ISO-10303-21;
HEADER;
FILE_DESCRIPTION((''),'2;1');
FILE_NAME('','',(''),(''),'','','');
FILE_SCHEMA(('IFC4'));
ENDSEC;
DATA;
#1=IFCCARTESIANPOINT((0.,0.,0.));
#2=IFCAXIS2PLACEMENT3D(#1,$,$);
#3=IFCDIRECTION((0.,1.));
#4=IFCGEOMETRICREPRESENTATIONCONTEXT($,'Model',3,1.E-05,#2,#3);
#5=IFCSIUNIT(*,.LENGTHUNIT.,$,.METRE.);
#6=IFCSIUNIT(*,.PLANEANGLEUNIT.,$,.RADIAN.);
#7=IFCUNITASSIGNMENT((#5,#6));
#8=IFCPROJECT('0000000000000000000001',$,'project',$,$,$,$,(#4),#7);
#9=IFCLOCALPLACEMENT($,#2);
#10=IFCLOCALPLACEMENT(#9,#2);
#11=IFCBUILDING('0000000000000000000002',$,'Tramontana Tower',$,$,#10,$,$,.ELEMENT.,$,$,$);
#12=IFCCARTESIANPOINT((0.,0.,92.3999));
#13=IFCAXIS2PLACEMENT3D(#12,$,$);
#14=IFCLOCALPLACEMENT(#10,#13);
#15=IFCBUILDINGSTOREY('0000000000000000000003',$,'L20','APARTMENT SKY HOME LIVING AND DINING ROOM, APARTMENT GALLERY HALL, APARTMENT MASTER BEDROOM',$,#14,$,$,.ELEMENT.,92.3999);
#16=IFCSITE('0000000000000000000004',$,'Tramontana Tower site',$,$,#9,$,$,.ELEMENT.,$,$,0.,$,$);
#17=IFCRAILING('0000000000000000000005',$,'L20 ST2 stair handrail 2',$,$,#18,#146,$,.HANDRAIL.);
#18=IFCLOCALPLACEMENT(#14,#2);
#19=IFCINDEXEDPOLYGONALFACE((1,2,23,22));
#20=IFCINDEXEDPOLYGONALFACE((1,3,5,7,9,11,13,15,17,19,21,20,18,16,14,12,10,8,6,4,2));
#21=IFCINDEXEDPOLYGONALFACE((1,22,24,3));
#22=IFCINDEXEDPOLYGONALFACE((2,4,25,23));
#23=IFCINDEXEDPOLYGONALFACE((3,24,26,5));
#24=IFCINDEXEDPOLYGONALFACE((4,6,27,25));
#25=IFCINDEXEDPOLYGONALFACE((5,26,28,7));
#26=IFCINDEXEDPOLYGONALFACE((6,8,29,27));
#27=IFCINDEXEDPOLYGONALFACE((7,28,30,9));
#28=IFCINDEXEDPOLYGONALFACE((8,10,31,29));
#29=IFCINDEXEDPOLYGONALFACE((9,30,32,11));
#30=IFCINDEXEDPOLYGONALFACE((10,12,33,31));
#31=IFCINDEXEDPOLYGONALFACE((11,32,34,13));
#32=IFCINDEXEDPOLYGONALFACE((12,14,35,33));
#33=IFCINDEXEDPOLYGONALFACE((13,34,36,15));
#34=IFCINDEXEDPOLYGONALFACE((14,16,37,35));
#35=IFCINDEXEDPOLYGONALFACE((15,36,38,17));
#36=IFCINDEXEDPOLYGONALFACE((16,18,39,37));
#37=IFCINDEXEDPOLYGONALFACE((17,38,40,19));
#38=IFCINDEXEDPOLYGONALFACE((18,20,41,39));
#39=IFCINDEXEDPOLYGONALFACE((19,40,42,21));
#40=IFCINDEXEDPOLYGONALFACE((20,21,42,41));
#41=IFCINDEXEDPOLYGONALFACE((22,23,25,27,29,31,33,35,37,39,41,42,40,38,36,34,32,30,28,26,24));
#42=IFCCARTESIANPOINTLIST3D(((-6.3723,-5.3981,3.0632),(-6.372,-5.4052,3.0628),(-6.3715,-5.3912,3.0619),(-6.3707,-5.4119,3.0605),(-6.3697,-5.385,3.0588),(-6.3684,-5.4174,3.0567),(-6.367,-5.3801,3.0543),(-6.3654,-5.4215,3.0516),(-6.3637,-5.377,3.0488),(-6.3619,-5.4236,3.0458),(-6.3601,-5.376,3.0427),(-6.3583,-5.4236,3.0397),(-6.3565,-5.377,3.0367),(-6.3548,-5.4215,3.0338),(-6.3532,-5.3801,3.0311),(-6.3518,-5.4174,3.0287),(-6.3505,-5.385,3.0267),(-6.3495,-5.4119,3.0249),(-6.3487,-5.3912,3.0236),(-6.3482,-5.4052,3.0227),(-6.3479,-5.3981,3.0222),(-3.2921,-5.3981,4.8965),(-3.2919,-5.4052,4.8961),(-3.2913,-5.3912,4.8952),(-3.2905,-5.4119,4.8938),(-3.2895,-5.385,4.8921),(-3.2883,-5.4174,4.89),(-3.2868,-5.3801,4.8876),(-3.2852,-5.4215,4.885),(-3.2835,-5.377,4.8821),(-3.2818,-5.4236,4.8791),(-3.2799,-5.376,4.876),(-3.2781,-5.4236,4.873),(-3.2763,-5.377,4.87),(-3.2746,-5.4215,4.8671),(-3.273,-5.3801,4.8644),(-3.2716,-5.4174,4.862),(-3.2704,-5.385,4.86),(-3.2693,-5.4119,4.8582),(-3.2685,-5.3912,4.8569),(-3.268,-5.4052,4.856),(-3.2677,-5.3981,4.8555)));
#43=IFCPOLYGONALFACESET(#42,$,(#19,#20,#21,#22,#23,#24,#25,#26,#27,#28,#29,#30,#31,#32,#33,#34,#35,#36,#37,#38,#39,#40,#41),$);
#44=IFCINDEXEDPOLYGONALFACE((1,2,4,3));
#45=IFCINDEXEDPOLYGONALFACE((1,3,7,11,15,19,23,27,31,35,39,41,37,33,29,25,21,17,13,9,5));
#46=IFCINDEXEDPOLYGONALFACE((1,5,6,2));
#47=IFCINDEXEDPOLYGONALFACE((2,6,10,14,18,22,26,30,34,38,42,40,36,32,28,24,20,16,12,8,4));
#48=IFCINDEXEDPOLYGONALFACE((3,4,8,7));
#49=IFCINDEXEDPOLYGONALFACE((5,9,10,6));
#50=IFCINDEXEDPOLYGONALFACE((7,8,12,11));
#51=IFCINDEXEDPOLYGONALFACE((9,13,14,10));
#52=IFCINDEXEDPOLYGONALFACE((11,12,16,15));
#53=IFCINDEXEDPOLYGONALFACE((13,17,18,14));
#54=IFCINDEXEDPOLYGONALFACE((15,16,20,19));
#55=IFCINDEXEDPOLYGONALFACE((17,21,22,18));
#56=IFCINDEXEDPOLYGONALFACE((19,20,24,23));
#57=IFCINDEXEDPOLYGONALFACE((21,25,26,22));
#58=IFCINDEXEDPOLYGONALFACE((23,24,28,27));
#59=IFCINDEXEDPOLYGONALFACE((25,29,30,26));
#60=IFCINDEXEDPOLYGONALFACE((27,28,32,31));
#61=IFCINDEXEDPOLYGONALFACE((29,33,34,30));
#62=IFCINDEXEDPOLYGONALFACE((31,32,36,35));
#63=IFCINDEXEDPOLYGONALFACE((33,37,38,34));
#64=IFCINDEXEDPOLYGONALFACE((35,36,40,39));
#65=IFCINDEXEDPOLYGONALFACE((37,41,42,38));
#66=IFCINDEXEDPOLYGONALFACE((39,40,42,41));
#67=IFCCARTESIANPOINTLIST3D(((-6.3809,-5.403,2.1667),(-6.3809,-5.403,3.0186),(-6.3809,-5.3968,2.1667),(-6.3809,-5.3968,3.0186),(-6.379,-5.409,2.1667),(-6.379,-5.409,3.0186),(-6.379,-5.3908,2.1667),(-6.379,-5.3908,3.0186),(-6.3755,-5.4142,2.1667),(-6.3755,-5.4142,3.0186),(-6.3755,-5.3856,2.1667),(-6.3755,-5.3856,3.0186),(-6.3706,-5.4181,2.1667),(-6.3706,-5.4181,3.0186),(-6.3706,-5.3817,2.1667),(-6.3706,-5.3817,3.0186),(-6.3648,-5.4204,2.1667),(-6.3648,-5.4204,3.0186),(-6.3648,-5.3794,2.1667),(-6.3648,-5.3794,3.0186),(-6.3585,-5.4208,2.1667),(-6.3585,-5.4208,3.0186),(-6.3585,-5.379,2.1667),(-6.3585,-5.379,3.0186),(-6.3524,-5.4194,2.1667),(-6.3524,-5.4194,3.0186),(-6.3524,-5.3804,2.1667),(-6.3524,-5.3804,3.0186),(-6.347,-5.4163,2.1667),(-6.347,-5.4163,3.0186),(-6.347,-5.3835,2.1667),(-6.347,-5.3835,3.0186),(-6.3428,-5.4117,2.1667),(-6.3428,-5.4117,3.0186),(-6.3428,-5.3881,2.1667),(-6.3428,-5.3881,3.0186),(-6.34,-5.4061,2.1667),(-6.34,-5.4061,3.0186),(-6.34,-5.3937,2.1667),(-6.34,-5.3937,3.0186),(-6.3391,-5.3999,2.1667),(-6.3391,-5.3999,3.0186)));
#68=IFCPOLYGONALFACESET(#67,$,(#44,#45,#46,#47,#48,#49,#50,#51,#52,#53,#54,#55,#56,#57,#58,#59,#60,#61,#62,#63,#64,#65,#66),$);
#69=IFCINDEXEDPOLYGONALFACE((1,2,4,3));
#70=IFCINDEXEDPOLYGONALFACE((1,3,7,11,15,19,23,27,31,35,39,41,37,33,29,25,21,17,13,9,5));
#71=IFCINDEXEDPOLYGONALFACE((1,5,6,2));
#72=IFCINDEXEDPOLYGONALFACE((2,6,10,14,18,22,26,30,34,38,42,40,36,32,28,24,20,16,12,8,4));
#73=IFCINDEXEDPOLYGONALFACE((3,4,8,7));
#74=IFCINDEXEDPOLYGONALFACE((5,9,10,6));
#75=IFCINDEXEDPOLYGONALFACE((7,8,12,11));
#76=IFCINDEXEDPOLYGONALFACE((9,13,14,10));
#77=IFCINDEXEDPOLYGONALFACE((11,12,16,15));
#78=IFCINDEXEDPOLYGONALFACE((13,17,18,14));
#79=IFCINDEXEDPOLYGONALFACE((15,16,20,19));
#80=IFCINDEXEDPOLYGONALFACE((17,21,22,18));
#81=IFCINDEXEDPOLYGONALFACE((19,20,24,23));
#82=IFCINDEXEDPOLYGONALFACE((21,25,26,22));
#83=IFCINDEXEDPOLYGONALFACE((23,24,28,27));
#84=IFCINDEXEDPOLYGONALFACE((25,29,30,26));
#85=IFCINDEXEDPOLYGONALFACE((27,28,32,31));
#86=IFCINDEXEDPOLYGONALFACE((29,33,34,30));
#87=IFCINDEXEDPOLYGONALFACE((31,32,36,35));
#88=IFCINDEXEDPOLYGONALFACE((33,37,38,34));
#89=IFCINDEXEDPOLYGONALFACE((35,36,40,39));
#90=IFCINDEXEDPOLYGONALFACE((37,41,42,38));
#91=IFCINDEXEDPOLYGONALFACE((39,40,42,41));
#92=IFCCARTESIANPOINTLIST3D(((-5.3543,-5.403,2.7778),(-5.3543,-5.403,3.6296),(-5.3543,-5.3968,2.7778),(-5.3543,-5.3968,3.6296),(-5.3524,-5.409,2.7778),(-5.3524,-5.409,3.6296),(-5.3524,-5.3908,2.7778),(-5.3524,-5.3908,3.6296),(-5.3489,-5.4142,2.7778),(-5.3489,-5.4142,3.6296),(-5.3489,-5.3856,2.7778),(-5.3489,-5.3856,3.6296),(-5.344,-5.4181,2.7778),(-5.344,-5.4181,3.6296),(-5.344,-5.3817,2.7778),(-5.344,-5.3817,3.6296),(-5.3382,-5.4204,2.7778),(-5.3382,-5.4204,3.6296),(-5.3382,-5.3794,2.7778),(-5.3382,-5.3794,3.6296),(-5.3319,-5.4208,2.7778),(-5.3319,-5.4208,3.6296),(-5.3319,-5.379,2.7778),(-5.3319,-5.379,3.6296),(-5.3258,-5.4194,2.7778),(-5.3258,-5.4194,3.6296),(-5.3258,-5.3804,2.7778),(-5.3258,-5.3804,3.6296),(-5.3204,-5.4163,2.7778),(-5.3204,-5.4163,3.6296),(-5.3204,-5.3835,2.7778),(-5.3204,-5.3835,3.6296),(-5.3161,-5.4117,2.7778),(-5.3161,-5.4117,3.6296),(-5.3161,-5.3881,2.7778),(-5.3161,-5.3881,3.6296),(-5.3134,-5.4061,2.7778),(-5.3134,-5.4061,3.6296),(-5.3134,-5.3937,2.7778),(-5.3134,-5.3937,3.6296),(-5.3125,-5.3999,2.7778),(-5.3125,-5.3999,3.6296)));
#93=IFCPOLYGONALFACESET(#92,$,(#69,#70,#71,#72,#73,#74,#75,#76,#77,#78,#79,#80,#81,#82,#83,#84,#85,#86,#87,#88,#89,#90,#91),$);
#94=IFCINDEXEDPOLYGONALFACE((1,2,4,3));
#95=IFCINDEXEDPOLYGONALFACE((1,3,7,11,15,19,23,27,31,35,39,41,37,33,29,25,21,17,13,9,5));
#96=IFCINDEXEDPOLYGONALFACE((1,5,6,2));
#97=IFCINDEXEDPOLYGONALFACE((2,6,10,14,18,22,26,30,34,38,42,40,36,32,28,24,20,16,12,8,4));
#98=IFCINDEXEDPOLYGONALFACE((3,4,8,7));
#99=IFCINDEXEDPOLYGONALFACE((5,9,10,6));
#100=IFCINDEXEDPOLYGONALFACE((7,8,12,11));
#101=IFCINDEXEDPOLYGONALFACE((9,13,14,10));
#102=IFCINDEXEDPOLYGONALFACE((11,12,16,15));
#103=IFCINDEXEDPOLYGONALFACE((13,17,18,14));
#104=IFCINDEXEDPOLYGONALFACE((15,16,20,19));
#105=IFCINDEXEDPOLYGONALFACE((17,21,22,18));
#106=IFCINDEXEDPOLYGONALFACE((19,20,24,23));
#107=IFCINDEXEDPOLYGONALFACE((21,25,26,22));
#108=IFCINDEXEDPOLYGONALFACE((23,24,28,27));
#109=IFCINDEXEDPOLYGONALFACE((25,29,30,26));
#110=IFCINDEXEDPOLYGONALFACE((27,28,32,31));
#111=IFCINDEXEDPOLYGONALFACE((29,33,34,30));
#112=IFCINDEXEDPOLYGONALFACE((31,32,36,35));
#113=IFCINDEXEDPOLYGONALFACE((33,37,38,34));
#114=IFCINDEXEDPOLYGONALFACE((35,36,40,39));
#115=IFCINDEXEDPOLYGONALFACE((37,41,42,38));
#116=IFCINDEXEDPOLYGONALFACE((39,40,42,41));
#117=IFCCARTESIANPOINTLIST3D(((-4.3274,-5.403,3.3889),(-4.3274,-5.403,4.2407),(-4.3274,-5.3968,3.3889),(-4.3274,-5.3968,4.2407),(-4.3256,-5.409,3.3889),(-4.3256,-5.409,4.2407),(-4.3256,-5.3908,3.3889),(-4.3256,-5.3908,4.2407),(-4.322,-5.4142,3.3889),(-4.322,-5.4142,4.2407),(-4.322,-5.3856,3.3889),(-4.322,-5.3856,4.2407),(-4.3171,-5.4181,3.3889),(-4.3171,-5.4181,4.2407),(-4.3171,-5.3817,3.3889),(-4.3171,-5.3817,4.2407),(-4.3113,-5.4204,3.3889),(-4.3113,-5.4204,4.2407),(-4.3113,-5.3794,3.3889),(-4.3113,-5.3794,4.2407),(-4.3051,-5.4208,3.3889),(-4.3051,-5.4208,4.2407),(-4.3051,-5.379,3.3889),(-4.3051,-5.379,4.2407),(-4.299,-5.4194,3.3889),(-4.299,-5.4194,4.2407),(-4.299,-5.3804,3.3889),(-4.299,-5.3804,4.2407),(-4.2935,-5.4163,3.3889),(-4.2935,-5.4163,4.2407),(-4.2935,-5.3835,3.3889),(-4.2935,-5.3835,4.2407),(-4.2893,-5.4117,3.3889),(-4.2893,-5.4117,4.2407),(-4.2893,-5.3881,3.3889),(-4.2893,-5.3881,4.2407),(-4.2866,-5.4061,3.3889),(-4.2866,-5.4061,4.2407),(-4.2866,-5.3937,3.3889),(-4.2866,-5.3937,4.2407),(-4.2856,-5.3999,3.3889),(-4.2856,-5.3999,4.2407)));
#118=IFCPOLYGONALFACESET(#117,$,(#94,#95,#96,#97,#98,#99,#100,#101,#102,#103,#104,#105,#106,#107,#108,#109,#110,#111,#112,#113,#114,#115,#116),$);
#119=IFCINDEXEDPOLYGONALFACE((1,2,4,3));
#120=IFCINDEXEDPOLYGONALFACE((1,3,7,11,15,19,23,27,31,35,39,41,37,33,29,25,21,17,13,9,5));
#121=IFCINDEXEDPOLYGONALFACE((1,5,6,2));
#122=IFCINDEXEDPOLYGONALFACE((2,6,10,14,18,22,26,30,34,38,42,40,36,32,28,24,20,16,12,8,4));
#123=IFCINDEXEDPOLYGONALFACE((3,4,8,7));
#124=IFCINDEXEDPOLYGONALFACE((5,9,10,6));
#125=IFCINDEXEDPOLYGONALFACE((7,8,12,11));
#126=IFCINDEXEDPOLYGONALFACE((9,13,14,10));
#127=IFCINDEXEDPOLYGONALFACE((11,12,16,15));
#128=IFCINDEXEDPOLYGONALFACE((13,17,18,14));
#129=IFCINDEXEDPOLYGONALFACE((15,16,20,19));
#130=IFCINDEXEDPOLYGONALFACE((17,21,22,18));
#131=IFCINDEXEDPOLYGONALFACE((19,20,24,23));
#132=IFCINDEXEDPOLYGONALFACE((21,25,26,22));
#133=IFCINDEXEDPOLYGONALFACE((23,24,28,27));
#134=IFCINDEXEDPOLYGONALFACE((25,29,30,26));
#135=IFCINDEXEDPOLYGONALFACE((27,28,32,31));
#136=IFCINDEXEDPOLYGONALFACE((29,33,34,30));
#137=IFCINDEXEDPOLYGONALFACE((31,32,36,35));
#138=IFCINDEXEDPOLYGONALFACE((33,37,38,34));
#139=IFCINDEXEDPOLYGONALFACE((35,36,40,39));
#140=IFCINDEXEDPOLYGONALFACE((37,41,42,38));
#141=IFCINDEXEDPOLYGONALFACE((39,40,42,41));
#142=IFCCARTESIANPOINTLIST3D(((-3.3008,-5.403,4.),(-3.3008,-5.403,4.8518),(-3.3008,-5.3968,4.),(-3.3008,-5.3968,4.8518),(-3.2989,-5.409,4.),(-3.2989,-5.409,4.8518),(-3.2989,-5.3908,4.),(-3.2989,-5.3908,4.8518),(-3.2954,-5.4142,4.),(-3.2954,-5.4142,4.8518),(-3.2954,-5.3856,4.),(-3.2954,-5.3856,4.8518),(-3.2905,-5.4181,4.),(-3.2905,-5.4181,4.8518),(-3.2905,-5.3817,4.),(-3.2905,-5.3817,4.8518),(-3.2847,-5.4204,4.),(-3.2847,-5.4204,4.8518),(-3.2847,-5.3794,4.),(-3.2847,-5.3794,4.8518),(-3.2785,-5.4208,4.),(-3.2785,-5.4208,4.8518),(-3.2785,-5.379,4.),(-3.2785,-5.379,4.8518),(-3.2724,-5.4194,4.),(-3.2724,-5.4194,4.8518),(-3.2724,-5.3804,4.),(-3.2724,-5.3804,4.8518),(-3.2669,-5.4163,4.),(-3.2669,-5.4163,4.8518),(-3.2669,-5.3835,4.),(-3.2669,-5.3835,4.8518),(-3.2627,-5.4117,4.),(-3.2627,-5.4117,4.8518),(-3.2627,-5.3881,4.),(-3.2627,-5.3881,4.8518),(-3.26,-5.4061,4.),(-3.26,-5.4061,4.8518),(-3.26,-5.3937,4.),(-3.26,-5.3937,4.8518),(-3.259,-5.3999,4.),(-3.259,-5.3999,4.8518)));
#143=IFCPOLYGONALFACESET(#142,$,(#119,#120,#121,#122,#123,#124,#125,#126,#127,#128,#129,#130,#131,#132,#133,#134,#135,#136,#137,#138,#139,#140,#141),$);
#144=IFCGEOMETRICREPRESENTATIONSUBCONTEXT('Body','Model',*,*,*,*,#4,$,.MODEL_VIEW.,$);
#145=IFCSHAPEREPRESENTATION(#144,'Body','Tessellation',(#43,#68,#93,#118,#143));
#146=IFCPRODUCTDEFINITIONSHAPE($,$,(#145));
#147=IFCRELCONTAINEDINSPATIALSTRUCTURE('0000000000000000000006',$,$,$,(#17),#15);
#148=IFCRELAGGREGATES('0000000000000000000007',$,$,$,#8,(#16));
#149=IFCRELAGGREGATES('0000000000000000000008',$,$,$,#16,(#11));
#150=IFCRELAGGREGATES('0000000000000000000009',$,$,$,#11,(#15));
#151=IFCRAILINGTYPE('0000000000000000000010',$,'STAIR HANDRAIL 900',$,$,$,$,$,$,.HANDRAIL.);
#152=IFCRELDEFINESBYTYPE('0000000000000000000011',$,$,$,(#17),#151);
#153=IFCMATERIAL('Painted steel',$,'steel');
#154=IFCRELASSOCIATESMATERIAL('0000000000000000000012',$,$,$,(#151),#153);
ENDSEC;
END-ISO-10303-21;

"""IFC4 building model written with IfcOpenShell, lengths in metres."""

from ifc_helpers import new_model, si_unit, direction, frame, origin, origin_2d, place, context, subcontext, project, spatial, circle, extrude, material, type_object, element, save


model = new_model("IFC4")

# Units and contexts
model_context = context("Model", 3, precision=1e-05, world=origin(), true_north=direction((0.0, 1.0)))
body_context = subcontext(model_context, "Body", "Model", "MODEL_VIEW")
ifc_project = project(units=[si_unit("LENGTHUNIT", "METRE"), si_unit("PLANEANGLEUNIT", "RADIAN")], contexts=[model_context])

# Site, building, storey
site_placement = place(None, origin())
site = spatial("IfcSite", under=ifc_project, at=site_placement, Name="Tramontana Tower site", CompositionType="ELEMENT", RefElevation=0.0)
building_placement = place(site_placement, origin())
building = spatial("IfcBuilding", under=site, at=building_placement, Name="Tramontana Tower", CompositionType="ELEMENT")
storey_placement = place(building_placement, frame((0.0, 0.0, 92.3999)))
storey = spatial("IfcBuildingStorey", under=building, at=storey_placement, Name="L20", Description="APARTMENT SKY HOME LIVING AND DINING ROOM, APARTMENT GALLERY HALL, APARTMENT MASTER BEDROOM", CompositionType="ELEMENT", Elevation=92.3999)

# Railing
ifc_material_1 = material(Name="Painted steel", Category="steel")
railing_type_1 = type_object("IfcRailingType", Name="STAIR HANDRAIL 900", PredefinedType="HANDRAIL", material=ifc_material_1)
railing_1_placement = place(storey_placement, frame((-6.3601, -5.3999, 2.1667)))
element("IfcRailing", 1, at=railing_1_placement, inside=storey, type_object=railing_type_1, Name="L20 ST2 stair handrail 2", PredefinedType="HANDRAIL", context=body_context, shape_type="SweptSolid", body=[
    extrude(circle(Radius=0.0239, at=origin_2d()), frame((0.0, 0.0, 0.876), z_axis=(0.859309, 0.0, 0.511458), x_axis=(0.0, 1.0, 0.0)), (0.0, 0.0, 1.0), 3.5845),
    extrude(circle(Radius=0.021, at=origin_2d()), origin(), (0.0, 0.0, 1.0), 0.8518),
    extrude(circle(Radius=0.021, at=origin_2d()), frame((1.0266, 0.0, 0.6111)), (0.0, 0.0, 1.0), 0.8518),
    extrude(circle(Radius=0.021, at=origin_2d()), frame((2.0535, 0.0, 1.2222)), (0.0, 0.0, 1.0), 0.8518),
    extrude(circle(Radius=0.021, at=origin_2d()), frame((3.0801, 0.0, 1.8333)), (0.0, 0.0, 1.0), 0.8518),
])

save(model, "model.ifc")
